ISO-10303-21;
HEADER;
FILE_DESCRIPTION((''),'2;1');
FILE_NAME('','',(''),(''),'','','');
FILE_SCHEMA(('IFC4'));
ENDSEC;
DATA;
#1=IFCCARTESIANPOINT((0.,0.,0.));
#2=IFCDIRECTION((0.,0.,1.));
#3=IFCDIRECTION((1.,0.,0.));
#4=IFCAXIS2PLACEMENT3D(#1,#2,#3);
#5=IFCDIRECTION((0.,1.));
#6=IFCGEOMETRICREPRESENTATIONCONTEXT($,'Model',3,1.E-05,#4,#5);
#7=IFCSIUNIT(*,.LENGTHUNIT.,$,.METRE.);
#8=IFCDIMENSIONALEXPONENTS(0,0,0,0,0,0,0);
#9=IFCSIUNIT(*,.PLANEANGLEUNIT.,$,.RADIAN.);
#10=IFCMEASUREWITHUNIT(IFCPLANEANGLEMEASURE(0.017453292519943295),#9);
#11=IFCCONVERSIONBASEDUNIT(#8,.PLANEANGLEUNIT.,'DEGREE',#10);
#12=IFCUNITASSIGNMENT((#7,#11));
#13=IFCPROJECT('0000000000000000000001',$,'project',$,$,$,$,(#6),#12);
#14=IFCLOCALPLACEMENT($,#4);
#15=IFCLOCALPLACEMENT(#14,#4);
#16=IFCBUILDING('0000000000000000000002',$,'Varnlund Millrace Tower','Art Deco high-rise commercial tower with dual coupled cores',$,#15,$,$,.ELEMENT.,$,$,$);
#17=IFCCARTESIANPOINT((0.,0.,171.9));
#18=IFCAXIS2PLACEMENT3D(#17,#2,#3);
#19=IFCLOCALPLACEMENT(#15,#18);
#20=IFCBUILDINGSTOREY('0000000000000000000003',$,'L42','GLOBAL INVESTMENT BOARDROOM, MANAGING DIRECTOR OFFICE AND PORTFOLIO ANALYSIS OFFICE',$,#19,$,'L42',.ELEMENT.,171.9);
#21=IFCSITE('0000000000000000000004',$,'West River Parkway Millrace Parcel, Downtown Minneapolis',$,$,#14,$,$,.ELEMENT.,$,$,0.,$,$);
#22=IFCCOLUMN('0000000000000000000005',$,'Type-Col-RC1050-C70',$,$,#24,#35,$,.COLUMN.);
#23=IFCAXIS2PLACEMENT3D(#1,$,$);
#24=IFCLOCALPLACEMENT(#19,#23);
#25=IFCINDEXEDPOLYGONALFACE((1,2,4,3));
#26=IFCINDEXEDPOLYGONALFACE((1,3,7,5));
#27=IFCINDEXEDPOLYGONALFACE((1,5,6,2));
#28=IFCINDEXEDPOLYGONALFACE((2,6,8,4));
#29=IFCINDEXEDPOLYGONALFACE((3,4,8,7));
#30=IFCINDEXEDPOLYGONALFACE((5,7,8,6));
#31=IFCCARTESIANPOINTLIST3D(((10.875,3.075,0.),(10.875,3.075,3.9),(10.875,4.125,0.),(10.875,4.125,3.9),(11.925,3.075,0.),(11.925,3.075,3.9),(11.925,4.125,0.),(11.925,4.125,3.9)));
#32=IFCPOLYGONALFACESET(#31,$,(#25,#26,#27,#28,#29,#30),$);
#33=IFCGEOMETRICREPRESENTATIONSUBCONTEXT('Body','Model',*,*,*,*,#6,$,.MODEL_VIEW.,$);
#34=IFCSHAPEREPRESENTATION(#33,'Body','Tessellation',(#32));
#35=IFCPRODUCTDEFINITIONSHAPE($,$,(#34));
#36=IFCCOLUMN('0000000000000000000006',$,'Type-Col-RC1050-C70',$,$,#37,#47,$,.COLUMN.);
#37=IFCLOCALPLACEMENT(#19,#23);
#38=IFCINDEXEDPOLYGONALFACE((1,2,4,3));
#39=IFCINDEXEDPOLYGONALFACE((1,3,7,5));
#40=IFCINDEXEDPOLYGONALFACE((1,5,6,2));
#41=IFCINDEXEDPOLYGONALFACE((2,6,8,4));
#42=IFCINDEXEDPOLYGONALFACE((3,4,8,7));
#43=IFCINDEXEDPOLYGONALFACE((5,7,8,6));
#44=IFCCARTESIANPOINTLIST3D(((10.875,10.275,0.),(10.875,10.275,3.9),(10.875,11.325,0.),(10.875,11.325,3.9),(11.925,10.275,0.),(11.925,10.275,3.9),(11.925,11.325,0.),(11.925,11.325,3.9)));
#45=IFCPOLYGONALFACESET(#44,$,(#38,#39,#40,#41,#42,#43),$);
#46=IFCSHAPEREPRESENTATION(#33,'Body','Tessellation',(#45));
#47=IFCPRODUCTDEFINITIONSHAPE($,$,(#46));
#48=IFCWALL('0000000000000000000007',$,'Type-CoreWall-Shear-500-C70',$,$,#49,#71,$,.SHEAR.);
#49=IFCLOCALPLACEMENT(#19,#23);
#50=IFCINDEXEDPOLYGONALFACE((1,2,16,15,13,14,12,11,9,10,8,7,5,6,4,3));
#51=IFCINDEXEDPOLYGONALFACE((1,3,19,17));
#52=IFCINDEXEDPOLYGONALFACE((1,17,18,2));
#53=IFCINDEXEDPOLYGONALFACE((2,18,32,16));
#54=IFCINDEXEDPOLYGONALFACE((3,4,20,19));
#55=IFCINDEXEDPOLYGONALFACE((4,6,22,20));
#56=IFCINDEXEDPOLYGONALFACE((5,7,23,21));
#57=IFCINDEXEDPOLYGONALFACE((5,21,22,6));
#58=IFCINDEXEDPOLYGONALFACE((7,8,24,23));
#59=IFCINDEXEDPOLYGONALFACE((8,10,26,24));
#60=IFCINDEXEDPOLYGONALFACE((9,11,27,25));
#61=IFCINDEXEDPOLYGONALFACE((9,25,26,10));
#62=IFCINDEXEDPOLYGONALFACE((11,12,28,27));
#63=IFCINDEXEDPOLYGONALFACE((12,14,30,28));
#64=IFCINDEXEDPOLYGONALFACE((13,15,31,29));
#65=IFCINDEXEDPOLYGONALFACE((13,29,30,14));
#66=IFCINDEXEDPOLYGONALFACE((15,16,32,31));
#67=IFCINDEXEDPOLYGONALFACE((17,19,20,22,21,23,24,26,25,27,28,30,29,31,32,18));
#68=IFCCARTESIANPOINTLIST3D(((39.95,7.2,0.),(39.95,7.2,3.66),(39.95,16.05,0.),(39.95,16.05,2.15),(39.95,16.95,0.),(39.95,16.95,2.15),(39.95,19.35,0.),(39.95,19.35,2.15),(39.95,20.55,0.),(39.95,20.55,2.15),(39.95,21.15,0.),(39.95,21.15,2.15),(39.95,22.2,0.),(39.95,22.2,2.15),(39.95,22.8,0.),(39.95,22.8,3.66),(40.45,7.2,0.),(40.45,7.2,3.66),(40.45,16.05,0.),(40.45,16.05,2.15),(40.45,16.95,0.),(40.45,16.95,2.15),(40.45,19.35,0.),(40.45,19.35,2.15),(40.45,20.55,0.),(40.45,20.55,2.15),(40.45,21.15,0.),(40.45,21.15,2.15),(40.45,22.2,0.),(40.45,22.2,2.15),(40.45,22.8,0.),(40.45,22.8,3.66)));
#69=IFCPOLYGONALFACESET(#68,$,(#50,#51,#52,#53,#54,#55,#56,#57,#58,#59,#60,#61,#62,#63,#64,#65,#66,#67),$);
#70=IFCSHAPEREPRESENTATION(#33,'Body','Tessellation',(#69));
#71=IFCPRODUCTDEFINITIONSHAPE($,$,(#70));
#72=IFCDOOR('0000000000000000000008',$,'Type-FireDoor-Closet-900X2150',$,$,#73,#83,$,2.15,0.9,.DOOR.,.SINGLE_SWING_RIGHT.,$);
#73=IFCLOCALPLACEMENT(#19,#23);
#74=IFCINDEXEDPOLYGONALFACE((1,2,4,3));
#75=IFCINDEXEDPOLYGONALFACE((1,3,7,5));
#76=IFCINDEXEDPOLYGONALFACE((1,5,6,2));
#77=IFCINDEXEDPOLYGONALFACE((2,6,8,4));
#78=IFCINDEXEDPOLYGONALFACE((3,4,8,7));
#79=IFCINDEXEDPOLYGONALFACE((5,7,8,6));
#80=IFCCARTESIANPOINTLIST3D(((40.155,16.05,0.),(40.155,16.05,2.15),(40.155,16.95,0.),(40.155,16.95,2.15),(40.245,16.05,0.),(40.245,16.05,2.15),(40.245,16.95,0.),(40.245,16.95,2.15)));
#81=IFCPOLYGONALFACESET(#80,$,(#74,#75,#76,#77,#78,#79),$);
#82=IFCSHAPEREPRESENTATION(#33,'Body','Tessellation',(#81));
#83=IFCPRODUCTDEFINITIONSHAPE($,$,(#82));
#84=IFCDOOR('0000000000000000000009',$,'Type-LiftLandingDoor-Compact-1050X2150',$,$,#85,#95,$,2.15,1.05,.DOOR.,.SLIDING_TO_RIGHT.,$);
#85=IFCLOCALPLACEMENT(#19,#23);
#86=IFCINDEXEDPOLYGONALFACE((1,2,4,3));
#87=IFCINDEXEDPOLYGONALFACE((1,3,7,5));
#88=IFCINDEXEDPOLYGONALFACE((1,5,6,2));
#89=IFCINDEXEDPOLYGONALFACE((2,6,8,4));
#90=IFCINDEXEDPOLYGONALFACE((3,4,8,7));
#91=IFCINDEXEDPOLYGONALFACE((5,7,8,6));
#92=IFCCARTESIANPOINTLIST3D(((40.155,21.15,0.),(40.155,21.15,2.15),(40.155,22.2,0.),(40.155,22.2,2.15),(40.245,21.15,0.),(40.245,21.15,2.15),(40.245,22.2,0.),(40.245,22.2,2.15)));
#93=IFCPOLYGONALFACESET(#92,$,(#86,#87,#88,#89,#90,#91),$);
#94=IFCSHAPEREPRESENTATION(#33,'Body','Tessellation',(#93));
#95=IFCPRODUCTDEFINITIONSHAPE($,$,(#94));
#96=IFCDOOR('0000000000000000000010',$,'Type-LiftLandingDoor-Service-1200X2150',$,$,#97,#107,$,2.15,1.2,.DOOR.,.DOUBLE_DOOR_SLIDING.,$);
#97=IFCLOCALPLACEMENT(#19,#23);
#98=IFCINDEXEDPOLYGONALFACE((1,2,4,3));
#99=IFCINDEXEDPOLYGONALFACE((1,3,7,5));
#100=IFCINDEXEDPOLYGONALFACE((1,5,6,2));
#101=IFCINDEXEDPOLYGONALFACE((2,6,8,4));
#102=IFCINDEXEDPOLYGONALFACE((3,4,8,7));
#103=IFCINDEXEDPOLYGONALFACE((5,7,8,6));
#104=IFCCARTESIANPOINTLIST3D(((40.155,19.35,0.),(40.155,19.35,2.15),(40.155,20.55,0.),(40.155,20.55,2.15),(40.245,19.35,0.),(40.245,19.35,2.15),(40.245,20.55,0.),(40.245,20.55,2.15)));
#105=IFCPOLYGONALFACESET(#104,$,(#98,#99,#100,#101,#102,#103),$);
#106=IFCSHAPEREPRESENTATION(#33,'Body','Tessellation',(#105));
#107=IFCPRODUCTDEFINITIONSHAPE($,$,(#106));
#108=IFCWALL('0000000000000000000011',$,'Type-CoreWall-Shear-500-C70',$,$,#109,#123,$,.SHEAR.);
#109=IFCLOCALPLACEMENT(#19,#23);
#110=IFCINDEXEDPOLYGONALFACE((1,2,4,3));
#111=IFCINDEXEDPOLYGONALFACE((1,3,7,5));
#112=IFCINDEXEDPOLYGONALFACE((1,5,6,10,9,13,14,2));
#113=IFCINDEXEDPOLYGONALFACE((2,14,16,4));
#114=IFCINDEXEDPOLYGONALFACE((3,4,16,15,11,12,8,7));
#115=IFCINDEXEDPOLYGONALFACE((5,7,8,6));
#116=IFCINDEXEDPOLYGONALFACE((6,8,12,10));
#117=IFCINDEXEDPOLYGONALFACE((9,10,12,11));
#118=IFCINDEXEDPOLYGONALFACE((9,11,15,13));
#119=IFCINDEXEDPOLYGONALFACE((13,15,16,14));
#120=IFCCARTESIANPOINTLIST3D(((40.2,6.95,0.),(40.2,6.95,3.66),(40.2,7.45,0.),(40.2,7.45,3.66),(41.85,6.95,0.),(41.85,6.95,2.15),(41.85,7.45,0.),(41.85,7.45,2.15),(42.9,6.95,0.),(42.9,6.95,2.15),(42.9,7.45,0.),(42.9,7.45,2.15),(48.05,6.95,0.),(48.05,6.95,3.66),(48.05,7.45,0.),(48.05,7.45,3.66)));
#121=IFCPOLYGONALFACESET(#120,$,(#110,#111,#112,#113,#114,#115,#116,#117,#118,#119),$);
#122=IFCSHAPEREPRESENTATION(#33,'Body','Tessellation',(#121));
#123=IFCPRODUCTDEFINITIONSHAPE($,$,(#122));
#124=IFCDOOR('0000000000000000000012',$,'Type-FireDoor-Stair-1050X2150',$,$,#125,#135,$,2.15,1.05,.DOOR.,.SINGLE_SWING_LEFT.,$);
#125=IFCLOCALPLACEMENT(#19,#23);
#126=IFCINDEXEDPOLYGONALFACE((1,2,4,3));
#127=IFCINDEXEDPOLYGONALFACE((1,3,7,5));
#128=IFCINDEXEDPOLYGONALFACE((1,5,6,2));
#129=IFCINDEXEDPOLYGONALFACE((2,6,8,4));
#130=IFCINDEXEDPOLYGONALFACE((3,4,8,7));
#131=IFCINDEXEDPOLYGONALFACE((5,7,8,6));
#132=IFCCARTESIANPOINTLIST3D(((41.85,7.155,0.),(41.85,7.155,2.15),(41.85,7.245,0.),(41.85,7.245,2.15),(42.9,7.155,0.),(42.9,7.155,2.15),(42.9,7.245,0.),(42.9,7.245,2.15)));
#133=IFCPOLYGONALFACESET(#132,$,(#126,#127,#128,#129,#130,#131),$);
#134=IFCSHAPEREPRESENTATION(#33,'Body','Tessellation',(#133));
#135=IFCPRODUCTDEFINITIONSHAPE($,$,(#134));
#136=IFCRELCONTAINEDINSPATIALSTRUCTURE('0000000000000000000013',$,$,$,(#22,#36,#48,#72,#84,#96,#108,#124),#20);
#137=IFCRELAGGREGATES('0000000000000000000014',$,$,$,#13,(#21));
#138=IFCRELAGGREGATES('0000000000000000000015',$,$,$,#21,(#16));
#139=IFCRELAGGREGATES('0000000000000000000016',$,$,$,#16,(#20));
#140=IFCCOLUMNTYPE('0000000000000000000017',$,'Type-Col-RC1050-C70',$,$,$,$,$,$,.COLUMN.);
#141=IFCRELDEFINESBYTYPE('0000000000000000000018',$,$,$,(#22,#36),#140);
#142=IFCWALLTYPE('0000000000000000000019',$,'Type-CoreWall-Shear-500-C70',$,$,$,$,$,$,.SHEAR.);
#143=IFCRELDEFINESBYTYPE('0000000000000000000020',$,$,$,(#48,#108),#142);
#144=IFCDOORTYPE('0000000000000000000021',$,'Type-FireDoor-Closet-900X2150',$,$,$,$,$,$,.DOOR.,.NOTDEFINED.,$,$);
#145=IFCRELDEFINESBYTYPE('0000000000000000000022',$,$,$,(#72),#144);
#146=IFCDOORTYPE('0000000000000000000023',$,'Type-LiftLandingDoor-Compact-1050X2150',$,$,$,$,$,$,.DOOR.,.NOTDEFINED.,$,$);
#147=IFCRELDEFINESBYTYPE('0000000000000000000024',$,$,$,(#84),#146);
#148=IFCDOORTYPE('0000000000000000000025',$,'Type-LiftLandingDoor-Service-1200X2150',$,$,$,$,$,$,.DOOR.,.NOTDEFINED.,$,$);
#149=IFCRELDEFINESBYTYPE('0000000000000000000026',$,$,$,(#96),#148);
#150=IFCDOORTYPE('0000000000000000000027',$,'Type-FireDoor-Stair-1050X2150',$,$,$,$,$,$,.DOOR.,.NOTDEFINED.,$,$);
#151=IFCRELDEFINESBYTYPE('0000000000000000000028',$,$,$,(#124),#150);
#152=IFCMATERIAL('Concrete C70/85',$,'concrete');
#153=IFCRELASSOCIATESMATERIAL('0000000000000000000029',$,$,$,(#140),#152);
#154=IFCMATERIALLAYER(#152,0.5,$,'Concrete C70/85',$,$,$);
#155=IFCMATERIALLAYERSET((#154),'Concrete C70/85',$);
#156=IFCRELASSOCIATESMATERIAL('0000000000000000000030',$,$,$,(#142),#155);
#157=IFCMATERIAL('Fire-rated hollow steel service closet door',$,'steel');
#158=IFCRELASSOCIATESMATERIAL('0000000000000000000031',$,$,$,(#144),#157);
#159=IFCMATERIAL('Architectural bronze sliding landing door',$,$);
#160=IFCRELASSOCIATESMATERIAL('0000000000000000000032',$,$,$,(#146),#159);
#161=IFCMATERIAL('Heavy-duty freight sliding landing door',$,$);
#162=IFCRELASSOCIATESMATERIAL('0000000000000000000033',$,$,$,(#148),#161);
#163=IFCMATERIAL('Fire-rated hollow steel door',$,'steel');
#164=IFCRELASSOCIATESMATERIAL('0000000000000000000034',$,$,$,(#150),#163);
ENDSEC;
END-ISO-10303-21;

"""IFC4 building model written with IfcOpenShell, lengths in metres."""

from ifc_helpers import new_model, entity, si_unit, converted_unit, direction, frame, origin_with_axes, origin_2d_with_axis, place, context, subcontext, project, spatial, polyline, rectangle, outline, extrude, material, layer, layer_set, material_profile, profile_set, type_object, element, fill, save


model = new_model("IFC4")

# Units and contexts
model_context = context("Model", 3, precision=1e-05, world=origin_with_axes(), true_north=direction((0.0, 1.0)))
body_context = subcontext(model_context, "Body", "Model", "MODEL_VIEW")
ifc_project = project(units=[si_unit("LENGTHUNIT", "METRE"), converted_unit("PLANEANGLEUNIT", "DEGREE", entity("IfcPlaneAngleMeasure", 0.017453292519943295), si_unit("PLANEANGLEUNIT", "RADIAN"), dimensions=[0, 0, 0, 0, 0, 0, 0])], contexts=[model_context])

# Site, building, storey
site_placement = place(None, origin_with_axes())
site = spatial("IfcSite", under=ifc_project, at=site_placement, Name="West River Parkway Millrace Parcel, Downtown Minneapolis", CompositionType="ELEMENT", RefElevation=0.0)
building_placement = place(site_placement, origin_with_axes())
building = spatial("IfcBuilding", under=site, at=building_placement, Name="Varnlund Millrace Tower", Description="Art Deco high-rise commercial tower with dual coupled cores", CompositionType="ELEMENT")
storey_placement = place(building_placement, frame((0.0, 0.0, 171.9), z_axis=(0.0, 0.0, 1.0), x_axis=(1.0, 0.0, 0.0)))
storey = spatial("IfcBuildingStorey", under=building, at=storey_placement, Name="L42", Description="GLOBAL INVESTMENT BOARDROOM, MANAGING DIRECTOR OFFICE AND PORTFOLIO ANALYSIS OFFICE", LongName="L42", CompositionType="ELEMENT", Elevation=171.9)

# Columns
ifc_material_1 = material(Name="Concrete C70/85", Category="concrete")
ifc_material_profile = material_profile(ifc_material_1, rectangle(XDim=1.05, YDim=1.05, at=origin_2d_with_axis()), Name="Concrete C70/85")
ifc_profile_set = profile_set([ifc_material_profile], Name="Concrete C70/85")
column_type = type_object("IfcColumnType", Name="Type-Col-RC1050-C70", PredefinedType="COLUMN", material=ifc_profile_set)
for number, where, z_axis, x_axis, name in (
    (1, (11.4, 3.6, 0.0), (0.0, 0.0, 1.0), (1.0, 0.0, 0.0), "Type-Col-RC1050-C70"),
    (2, (11.4, 10.8, 0.0), (0.0, 0.0, 1.0), (1.0, 0.0, 0.0), "Type-Col-RC1050-C70"),
):
    element("IfcColumn", number, at=place(storey_placement, frame(where, z_axis=z_axis, x_axis=x_axis)), inside=storey, type_object=column_type, Name=name, PredefinedType="COLUMN", context=body_context, shape_type="SweptSolid", body=[
        extrude(rectangle(XDim=1.05, YDim=1.05, at=origin_2d_with_axis()), origin_with_axes(), (0.0, 0.0, 1.0), 3.9),
    ])

# Wall, openings, doors
ifc_layer_1 = layer(ifc_material_1, 0.5, Name="Concrete C70/85")
ifc_layer_set_1 = layer_set([ifc_layer_1], Name="Concrete C70/85")
wall_type_1 = type_object("IfcWallType", Name="Type-CoreWall-Shear-500-C70", PredefinedType="SHEAR", material=ifc_layer_set_1)
wall_1_placement = place(storey_placement, frame((40.2, 7.2, 0.0), z_axis=(0.0, 0.0, 1.0), x_axis=(0.0, 1.0, 0.0)))
wall_1 = element("IfcWall", 3, at=wall_1_placement, inside=storey, type_object=wall_type_1, Name="Type-CoreWall-Shear-500-C70", PredefinedType="SHEAR", context=body_context, shape_type="SweptSolid", body=[
    extrude(outline(polyline([(0.0, -0.25), (15.6, -0.25), (15.6, 0.25), (0.0, 0.25), (0.0, -0.25)])), origin_with_axes(), (0.0, 0.0, 1.0), 3.66),
])
opening_1_placement = place(wall_1_placement, frame((14.475, 0.0, 0.0), z_axis=(0.0, 0.0, 1.0), x_axis=(1.0, 0.0, 0.0)))
opening_1 = element("IfcOpeningElement", 4, at=opening_1_placement, cuts=wall_1, PredefinedType="OPENING", context=body_context, shape_type="SweptSolid", body=[
    extrude(rectangle(XDim=1.05, YDim=0.52, at=origin_2d_with_axis()), origin_with_axes(), (0.0, 0.0, 1.0), 2.15),
])
opening_2_placement = place(wall_1_placement, frame((12.75, 0.0, 0.0), z_axis=(0.0, 0.0, 1.0), x_axis=(1.0, 0.0, 0.0)))
opening_2 = element("IfcOpeningElement", 5, at=opening_2_placement, cuts=wall_1, PredefinedType="OPENING", context=body_context, shape_type="SweptSolid", body=[
    extrude(rectangle(XDim=1.2, YDim=0.52, at=origin_2d_with_axis()), origin_with_axes(), (0.0, 0.0, 1.0), 2.15),
])
opening_3_placement = place(wall_1_placement, frame((9.3, 0.0, 0.0), z_axis=(0.0, 0.0, 1.0), x_axis=(1.0, 0.0, 0.0)))
opening_3 = element("IfcOpeningElement", 6, at=opening_3_placement, cuts=wall_1, PredefinedType="OPENING", context=body_context, shape_type="SweptSolid", body=[
    extrude(rectangle(XDim=0.9, YDim=0.52, at=origin_2d_with_axis()), origin_with_axes(), (0.0, 0.0, 1.0), 2.15),
])
ifc_material_2 = material(Name="Fire-rated hollow steel service closet door", Category="steel")
door_type_1 = type_object("IfcDoorType", Name="Type-FireDoor-Closet-900X2150", OperationType="NOTDEFINED", PredefinedType="DOOR", material=ifc_material_2)
door_1_placement = place(wall_1_placement, frame((9.3, 0.0, 0.0), z_axis=(0.0, 0.0, 1.0), x_axis=(1.0, 0.0, 0.0)))
door_1 = element("IfcDoor", 7, at=door_1_placement, inside=storey, type_object=door_type_1, Name="Type-FireDoor-Closet-900X2150", OperationType="SINGLE_SWING_RIGHT", OverallHeight=2.15, OverallWidth=0.9, PredefinedType="DOOR", context=body_context, shape_type="SweptSolid", body=[
    extrude(rectangle(XDim=0.9, YDim=0.09, at=origin_2d_with_axis()), origin_with_axes(), (0.0, 0.0, 1.0), 2.15),
])
fill(opening_3, door_1)
ifc_material_3 = material(Name="Architectural bronze sliding landing door")
door_type_2 = type_object("IfcDoorType", Name="Type-LiftLandingDoor-Compact-1050X2150", OperationType="NOTDEFINED", PredefinedType="DOOR", material=ifc_material_3)
door_2_placement = place(wall_1_placement, frame((14.475, 0.0, 0.0), z_axis=(0.0, 0.0, 1.0), x_axis=(1.0, 0.0, 0.0)))
door_2 = element("IfcDoor", 8, at=door_2_placement, inside=storey, type_object=door_type_2, Name="Type-LiftLandingDoor-Compact-1050X2150", OperationType="SLIDING_TO_RIGHT", OverallHeight=2.15, OverallWidth=1.05, PredefinedType="DOOR", context=body_context, shape_type="SweptSolid", body=[
    extrude(rectangle(XDim=1.05, YDim=0.09, at=origin_2d_with_axis()), origin_with_axes(), (0.0, 0.0, 1.0), 2.15),
])
fill(opening_1, door_2)
ifc_material_4 = material(Name="Heavy-duty freight sliding landing door")
door_type_3 = type_object("IfcDoorType", Name="Type-LiftLandingDoor-Service-1200X2150", OperationType="NOTDEFINED", PredefinedType="DOOR", material=ifc_material_4)
door_3_placement = place(wall_1_placement, frame((12.75, 0.0, 0.0), z_axis=(0.0, 0.0, 1.0), x_axis=(1.0, 0.0, 0.0)))
door_3 = element("IfcDoor", 9, at=door_3_placement, inside=storey, type_object=door_type_3, Name="Type-LiftLandingDoor-Service-1200X2150", OperationType="DOUBLE_DOOR_SLIDING", OverallHeight=2.15, OverallWidth=1.2, PredefinedType="DOOR", context=body_context, shape_type="SweptSolid", body=[
    extrude(rectangle(XDim=1.2, YDim=0.09, at=origin_2d_with_axis()), origin_with_axes(), (0.0, 0.0, 1.0), 2.15),
])
fill(opening_2, door_3)

# Wall, opening, door
wall_2_placement = place(storey_placement, frame((40.2, 7.2, 0.0), z_axis=(0.0, 0.0, 1.0), x_axis=(1.0, 0.0, 0.0)))
wall_2 = element("IfcWall", 10, at=wall_2_placement, inside=storey, type_object=wall_type_1, Name="Type-CoreWall-Shear-500-C70", PredefinedType="SHEAR", context=body_context, shape_type="SweptSolid", body=[
    extrude(outline(polyline([(0.0, -0.25), (7.85, -0.25), (7.85, 0.25), (0.0, 0.25), (0.0, -0.25)])), origin_with_axes(), (0.0, 0.0, 1.0), 3.66),
])
opening_4_placement = place(wall_2_placement, frame((2.175, 0.0, 0.0), z_axis=(0.0, 0.0, 1.0), x_axis=(1.0, 0.0, 0.0)))
opening_4 = element("IfcOpeningElement", 11, at=opening_4_placement, cuts=wall_2, PredefinedType="OPENING", context=body_context, shape_type="SweptSolid", body=[
    extrude(rectangle(XDim=1.05, YDim=0.52, at=origin_2d_with_axis()), origin_with_axes(), (0.0, 0.0, 1.0), 2.15),
])
ifc_material_5 = material(Name="Fire-rated hollow steel door", Category="steel")
door_type_4 = type_object("IfcDoorType", Name="Type-FireDoor-Stair-1050X2150", OperationType="NOTDEFINED", PredefinedType="DOOR", material=ifc_material_5)
door_4_placement = place(wall_2_placement, frame((2.175, 0.0, 0.0), z_axis=(0.0, 0.0, 1.0), x_axis=(1.0, 0.0, 0.0)))
door_4 = element("IfcDoor", 12, at=door_4_placement, inside=storey, type_object=door_type_4, Name="Type-FireDoor-Stair-1050X2150", OperationType="SINGLE_SWING_LEFT", OverallHeight=2.15, OverallWidth=1.05, PredefinedType="DOOR", context=body_context, shape_type="SweptSolid", body=[
    extrude(rectangle(XDim=1.05, YDim=0.09, at=origin_2d_with_axis()), origin_with_axes(), (0.0, 0.0, 1.0), 2.15),
])
fill(opening_4, door_4)

save(model, "model.ifc")
